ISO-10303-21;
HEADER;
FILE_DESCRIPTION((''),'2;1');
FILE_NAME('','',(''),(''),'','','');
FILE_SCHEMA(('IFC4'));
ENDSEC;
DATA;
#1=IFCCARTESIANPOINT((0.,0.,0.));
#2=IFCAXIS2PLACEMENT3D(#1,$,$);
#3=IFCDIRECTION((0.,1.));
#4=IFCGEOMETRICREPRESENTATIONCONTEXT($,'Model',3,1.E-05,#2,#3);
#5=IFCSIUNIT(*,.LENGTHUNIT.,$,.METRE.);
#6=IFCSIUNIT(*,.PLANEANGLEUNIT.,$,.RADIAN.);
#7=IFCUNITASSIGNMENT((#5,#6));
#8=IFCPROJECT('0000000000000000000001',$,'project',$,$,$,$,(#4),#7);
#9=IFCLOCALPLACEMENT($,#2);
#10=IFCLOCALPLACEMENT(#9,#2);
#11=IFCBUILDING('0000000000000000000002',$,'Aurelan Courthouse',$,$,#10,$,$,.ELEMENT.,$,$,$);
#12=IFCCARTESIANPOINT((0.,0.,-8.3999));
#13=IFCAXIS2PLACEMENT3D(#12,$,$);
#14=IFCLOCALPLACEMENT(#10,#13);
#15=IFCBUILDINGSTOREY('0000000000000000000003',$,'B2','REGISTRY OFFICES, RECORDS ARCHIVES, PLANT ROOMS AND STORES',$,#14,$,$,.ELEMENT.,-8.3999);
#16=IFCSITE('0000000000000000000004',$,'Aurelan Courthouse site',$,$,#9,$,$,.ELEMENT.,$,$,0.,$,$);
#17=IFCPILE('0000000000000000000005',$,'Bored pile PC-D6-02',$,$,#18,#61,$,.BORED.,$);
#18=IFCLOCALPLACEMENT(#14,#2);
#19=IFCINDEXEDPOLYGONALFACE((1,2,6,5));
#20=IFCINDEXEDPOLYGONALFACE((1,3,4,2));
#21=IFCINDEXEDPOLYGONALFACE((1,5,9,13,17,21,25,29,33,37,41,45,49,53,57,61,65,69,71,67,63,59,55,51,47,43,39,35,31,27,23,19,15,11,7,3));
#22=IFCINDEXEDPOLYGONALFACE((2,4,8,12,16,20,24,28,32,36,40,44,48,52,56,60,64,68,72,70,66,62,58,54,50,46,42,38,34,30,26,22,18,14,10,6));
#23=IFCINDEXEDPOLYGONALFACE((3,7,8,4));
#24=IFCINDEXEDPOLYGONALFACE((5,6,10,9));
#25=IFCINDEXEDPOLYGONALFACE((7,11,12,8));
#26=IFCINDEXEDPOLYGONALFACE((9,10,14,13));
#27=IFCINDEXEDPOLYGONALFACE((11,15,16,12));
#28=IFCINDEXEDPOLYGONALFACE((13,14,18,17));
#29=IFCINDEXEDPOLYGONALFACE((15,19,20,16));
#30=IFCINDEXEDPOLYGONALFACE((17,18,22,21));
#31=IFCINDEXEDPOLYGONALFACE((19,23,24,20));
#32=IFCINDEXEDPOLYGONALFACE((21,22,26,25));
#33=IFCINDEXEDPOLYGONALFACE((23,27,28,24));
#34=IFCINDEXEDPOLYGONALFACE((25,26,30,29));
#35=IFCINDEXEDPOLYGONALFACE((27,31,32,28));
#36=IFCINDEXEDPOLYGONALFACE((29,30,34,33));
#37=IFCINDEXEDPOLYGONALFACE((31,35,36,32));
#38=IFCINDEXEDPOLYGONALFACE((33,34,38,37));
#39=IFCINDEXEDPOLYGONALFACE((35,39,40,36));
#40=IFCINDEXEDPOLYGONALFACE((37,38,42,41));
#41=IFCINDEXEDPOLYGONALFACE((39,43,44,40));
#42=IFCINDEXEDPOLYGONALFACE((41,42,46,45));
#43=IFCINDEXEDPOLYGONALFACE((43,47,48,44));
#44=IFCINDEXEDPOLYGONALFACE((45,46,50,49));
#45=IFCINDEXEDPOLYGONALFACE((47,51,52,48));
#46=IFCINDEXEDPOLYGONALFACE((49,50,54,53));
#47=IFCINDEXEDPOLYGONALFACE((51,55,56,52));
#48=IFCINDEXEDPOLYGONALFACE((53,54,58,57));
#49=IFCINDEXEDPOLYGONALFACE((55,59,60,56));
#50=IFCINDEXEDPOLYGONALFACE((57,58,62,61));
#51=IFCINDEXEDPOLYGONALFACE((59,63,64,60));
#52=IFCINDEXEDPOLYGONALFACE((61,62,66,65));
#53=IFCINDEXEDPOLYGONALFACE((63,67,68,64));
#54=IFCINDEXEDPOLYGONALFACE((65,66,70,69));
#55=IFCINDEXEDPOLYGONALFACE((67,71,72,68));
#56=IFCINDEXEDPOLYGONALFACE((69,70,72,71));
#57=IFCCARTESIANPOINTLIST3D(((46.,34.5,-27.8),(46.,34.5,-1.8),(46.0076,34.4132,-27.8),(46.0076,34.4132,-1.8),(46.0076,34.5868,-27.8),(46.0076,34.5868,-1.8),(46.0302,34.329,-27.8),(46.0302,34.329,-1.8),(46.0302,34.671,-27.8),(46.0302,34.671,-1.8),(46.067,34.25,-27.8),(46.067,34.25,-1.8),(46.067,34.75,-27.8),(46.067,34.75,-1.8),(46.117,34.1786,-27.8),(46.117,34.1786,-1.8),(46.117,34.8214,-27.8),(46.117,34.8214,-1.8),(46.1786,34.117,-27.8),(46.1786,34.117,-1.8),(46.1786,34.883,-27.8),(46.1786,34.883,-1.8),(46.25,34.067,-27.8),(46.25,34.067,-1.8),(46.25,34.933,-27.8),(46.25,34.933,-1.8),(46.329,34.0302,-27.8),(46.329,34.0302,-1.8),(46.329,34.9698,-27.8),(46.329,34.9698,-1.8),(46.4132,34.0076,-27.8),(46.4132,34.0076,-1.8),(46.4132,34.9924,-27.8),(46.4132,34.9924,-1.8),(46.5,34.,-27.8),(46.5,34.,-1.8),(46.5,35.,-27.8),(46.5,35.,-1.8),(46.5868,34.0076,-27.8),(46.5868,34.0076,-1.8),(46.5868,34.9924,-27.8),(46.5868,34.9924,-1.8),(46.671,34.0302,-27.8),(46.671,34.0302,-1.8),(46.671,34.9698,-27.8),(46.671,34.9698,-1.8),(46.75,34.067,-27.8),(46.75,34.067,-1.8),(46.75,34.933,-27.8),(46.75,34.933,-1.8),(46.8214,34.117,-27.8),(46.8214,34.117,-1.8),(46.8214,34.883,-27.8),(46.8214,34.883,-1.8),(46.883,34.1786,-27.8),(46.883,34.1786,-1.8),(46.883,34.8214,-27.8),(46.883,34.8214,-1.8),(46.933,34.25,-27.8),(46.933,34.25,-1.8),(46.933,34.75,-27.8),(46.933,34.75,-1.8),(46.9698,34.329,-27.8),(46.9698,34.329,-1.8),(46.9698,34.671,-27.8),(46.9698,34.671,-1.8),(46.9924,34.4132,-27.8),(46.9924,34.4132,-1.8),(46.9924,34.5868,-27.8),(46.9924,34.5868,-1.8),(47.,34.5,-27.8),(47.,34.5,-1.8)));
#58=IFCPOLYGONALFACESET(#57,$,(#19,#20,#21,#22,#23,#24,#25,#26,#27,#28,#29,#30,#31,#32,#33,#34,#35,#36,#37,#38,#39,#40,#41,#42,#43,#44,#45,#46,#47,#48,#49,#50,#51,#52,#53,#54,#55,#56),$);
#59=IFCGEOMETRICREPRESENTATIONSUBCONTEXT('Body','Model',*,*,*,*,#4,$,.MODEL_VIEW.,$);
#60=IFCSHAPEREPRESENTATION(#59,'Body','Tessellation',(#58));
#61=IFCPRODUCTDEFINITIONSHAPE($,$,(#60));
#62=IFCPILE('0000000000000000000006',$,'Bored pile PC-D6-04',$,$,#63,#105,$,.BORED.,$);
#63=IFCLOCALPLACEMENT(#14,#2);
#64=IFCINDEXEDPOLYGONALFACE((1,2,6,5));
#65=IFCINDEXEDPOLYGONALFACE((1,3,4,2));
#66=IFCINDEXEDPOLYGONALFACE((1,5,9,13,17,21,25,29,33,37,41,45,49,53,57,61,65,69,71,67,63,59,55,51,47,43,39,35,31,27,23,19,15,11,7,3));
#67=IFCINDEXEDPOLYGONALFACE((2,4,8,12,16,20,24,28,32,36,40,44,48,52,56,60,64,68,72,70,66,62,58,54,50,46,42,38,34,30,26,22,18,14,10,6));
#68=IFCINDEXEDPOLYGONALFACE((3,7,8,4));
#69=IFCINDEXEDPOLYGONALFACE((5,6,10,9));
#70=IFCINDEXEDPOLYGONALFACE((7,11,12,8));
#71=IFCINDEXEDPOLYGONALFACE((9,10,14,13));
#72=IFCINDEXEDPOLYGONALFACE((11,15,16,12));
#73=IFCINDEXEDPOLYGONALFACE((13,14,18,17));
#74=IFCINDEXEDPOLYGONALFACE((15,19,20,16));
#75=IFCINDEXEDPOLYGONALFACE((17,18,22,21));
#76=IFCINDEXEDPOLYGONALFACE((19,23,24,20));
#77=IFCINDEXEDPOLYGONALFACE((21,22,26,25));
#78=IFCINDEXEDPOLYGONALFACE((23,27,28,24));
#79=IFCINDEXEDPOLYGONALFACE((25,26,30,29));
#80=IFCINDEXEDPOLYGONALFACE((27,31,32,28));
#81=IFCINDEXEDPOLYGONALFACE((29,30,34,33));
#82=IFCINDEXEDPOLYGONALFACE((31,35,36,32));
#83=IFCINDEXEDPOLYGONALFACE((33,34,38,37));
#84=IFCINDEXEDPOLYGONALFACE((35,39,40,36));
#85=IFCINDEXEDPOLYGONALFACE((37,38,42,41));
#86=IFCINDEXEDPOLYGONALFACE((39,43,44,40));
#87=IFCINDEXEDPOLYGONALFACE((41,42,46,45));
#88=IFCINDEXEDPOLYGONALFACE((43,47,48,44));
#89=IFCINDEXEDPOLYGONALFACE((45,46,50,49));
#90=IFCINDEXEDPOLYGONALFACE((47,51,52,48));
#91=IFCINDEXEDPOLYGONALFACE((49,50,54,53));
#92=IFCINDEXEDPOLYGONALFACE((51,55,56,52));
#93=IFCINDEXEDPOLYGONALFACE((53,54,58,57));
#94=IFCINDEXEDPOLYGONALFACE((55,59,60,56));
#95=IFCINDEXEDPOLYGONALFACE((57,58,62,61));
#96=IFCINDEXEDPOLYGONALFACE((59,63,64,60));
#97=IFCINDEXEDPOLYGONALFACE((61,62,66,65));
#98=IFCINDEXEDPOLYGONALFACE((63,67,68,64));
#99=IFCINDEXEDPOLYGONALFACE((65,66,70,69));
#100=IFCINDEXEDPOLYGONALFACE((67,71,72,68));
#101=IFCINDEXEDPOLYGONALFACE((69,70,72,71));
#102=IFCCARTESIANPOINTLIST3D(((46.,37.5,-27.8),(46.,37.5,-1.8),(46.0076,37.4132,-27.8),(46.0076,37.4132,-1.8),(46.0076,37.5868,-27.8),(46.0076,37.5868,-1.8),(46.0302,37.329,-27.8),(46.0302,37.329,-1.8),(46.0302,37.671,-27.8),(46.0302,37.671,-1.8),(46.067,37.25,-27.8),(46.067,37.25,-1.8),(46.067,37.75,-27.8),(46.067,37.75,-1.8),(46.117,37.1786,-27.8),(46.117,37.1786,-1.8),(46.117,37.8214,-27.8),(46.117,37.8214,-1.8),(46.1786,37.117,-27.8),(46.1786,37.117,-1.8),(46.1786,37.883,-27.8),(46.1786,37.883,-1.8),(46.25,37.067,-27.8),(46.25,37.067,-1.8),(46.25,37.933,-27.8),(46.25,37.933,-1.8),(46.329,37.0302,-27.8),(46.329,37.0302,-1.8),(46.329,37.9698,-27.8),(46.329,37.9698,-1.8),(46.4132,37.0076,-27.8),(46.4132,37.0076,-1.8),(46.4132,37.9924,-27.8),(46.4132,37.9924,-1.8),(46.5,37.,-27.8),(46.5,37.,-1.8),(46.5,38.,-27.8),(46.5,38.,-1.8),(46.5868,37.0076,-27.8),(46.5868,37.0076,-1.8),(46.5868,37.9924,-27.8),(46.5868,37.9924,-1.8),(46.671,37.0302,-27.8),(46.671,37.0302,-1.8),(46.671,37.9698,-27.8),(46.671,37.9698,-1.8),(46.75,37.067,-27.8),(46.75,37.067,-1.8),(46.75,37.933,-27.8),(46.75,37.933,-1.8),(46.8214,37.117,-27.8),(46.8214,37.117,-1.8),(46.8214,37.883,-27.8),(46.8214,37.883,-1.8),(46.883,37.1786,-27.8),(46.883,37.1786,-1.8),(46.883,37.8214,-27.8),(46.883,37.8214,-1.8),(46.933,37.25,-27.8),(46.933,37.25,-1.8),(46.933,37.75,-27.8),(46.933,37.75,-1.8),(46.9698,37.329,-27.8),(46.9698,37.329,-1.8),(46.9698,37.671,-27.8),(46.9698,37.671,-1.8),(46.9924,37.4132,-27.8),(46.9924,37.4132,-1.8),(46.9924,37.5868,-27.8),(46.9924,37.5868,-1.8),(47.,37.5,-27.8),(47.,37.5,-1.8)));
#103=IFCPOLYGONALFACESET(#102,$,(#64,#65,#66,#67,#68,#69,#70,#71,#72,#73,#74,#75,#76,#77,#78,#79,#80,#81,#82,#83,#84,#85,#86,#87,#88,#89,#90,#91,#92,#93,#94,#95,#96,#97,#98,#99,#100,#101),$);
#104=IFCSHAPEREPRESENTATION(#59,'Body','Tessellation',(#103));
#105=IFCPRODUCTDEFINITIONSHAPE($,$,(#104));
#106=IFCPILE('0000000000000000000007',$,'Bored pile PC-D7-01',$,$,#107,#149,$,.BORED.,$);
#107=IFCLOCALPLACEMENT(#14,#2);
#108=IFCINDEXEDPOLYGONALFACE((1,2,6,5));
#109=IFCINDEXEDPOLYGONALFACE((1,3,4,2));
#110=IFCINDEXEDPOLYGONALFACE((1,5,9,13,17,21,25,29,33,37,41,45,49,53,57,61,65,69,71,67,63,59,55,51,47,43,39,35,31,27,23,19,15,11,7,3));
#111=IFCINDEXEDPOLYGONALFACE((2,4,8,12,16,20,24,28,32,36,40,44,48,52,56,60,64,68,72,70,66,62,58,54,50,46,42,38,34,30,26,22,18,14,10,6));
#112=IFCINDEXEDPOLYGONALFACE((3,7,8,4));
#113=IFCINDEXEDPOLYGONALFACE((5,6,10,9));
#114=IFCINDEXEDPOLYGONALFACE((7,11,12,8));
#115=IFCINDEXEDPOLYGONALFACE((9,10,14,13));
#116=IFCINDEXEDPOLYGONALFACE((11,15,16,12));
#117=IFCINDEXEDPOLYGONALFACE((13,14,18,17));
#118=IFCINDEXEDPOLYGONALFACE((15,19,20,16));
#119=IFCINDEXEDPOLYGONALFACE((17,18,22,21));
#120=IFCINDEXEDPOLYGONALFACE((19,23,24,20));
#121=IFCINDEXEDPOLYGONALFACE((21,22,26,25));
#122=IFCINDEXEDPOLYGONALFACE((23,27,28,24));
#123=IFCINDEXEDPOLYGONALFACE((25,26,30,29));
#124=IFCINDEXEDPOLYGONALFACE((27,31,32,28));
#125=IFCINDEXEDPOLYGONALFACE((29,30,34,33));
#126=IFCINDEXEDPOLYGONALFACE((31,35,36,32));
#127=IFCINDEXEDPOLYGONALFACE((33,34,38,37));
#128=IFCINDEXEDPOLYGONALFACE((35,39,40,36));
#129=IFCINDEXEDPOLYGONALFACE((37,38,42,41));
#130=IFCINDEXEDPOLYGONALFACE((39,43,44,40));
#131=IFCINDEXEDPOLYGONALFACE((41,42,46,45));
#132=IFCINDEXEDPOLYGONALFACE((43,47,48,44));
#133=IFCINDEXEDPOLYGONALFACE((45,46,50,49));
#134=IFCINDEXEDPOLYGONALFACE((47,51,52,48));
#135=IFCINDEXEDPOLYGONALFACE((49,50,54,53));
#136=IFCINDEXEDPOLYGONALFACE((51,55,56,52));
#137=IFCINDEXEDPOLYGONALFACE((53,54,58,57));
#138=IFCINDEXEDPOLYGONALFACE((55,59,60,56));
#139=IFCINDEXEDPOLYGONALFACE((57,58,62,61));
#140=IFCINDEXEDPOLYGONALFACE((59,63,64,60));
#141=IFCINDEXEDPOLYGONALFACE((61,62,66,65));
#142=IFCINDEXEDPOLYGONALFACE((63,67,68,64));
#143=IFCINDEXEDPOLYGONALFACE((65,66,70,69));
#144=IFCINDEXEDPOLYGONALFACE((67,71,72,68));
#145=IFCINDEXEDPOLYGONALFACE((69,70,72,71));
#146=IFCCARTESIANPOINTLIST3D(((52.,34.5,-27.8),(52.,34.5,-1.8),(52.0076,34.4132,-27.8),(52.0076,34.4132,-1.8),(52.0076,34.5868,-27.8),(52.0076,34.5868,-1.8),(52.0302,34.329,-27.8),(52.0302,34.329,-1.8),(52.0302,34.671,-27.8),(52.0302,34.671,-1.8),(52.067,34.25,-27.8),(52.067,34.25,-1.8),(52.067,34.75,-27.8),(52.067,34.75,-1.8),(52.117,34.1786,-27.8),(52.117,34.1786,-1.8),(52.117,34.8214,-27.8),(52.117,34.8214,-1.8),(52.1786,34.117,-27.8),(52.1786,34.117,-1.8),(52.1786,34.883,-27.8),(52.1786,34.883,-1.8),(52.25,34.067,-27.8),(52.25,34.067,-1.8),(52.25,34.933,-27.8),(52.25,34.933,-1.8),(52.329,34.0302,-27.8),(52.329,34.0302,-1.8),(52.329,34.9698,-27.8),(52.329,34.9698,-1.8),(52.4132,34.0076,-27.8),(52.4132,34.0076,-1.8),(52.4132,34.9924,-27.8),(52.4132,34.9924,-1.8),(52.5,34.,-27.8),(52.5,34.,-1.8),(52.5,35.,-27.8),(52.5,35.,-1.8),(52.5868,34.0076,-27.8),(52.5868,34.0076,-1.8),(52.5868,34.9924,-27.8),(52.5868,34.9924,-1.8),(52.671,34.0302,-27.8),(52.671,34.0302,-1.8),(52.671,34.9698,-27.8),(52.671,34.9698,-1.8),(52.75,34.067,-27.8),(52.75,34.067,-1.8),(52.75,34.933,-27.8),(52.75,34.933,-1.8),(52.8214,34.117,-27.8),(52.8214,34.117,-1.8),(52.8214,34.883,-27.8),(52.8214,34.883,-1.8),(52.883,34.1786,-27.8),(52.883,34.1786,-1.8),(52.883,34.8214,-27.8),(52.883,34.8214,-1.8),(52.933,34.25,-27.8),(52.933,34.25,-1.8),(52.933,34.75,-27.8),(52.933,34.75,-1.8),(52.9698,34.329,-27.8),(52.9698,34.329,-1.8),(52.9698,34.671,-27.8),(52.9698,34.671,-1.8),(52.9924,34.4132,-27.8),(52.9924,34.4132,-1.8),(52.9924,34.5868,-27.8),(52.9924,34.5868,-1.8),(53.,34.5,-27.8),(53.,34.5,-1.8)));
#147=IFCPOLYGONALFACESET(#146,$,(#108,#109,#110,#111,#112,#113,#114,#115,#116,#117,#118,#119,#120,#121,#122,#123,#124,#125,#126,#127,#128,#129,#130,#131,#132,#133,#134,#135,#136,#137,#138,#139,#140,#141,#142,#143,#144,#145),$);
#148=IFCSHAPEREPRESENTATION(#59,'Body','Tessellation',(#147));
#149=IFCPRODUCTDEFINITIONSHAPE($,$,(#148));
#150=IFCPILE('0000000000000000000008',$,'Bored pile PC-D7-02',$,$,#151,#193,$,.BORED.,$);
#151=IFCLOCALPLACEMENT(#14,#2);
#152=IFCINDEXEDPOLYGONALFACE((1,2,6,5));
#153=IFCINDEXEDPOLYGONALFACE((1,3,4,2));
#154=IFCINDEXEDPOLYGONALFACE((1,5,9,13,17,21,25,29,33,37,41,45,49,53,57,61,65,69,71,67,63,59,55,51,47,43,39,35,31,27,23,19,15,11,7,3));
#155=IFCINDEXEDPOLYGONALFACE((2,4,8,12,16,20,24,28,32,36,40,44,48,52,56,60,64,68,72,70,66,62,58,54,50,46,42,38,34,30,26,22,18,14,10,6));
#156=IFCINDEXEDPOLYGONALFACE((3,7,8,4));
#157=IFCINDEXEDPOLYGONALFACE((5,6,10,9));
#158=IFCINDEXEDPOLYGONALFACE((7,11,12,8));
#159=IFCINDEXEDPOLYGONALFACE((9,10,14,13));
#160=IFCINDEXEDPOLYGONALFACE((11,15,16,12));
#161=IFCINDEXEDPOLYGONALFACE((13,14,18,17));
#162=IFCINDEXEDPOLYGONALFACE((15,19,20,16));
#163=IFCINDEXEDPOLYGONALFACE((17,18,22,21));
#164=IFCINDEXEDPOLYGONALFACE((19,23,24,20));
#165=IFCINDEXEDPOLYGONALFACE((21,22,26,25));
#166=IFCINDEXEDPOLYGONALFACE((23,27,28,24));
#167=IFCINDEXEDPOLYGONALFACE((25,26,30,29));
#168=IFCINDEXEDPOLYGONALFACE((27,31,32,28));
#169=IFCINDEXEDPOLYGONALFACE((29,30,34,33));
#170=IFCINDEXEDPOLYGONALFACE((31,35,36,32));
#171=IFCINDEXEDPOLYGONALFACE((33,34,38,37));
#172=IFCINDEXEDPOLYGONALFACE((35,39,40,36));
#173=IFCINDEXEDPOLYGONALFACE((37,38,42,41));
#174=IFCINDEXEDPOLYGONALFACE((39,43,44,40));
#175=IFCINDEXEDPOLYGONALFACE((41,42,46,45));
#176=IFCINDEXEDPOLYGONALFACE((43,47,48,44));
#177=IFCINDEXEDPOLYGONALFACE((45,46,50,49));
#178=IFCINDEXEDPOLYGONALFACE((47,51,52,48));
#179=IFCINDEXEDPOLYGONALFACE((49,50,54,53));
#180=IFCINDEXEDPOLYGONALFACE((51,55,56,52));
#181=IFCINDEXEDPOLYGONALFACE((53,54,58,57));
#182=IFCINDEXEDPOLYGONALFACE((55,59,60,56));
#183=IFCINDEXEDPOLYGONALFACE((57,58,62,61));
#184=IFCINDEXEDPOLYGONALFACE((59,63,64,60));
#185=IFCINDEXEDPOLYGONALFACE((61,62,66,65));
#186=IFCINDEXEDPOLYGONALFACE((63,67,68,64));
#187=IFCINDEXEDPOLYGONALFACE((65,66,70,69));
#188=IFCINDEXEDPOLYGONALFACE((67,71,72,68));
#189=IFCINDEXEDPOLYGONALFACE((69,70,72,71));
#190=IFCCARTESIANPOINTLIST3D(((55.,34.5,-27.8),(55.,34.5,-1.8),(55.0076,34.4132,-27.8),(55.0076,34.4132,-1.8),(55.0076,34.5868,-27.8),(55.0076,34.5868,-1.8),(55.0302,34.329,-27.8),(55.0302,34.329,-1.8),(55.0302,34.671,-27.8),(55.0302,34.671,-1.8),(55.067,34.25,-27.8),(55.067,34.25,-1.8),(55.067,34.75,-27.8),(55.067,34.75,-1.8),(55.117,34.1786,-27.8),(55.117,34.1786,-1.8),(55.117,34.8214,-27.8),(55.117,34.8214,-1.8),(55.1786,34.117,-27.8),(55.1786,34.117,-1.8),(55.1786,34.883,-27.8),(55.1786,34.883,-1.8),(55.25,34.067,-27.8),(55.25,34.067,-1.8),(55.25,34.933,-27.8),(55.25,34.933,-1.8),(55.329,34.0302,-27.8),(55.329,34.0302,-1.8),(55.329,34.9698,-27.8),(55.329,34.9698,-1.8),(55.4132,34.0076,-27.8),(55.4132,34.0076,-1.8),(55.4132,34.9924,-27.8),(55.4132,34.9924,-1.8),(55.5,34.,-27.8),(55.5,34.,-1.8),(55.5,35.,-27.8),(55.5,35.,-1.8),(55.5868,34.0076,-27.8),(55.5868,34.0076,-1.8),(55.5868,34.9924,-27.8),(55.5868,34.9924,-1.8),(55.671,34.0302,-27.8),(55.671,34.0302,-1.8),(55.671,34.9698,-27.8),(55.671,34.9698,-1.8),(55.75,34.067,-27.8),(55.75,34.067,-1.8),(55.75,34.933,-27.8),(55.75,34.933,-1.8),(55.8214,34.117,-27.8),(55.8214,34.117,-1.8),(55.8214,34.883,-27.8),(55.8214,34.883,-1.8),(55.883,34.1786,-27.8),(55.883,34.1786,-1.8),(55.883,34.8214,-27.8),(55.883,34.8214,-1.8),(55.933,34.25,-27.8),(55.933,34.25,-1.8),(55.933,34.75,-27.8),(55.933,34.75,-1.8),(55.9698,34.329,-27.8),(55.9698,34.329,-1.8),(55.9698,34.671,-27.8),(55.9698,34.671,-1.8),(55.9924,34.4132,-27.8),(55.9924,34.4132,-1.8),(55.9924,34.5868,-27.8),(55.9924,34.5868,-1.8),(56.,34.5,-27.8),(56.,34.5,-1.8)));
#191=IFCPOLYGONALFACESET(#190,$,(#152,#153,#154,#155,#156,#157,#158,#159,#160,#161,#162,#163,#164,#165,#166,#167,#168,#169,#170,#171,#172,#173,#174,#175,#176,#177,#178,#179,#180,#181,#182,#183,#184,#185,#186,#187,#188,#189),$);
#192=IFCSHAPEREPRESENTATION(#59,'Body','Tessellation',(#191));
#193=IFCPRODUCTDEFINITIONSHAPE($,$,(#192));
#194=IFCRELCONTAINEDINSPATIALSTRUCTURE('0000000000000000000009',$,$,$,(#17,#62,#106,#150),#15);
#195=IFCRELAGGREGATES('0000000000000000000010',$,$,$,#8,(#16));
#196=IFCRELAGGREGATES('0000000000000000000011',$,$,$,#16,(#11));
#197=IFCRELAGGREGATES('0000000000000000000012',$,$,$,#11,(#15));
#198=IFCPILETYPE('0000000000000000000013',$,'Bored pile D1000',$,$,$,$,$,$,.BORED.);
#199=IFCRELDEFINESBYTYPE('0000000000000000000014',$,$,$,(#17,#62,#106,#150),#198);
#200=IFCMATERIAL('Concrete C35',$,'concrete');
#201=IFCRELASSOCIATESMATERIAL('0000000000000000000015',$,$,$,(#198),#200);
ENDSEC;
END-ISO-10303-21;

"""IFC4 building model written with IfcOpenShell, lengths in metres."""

from ifc_helpers import new_model, si_unit, direction, frame, origin, origin_2d, place, context, subcontext, project, spatial, circle, extrude, material, material_profile, profile_set, type_object, element, save


model = new_model("IFC4")

# Units and contexts
model_context = context("Model", 3, precision=1e-05, world=origin(), true_north=direction((0.0, 1.0)))
body_context = subcontext(model_context, "Body", "Model", "MODEL_VIEW")
ifc_project = project(units=[si_unit("LENGTHUNIT", "METRE"), si_unit("PLANEANGLEUNIT", "RADIAN")], contexts=[model_context])

# Site, building, storey
site_placement = place(None, origin())
site = spatial("IfcSite", under=ifc_project, at=site_placement, Name="Aurelan Courthouse site", CompositionType="ELEMENT", RefElevation=0.0)
building_placement = place(site_placement, origin())
building = spatial("IfcBuilding", under=site, at=building_placement, Name="Aurelan Courthouse", CompositionType="ELEMENT")
storey_placement = place(building_placement, frame((0.0, 0.0, -8.3999)))
storey = spatial("IfcBuildingStorey", under=building, at=storey_placement, Name="B2", Description="REGISTRY OFFICES, RECORDS ARCHIVES, PLANT ROOMS AND STORES", CompositionType="ELEMENT", Elevation=-8.3999)

# Piles
ifc_material_1 = material(Name="Concrete C35", Category="concrete")
ifc_material_profile_1 = material_profile(ifc_material_1, circle(Radius=0.5, at=origin_2d()), Name="D1000")
ifc_profile_set_1 = profile_set([ifc_material_profile_1], Name="Concrete C35")
pile_type = type_object("IfcPileType", Name="Bored pile D1000", PredefinedType="BORED", material=ifc_profile_set_1)
for number, where, z_axis, x_axis, name in (
    (1, (46.5, 34.5, -1.8), (0.0, 0.0, -1.0), (1.0, 0.0, 0.0), "Bored pile PC-D6-02"),
    (2, (46.5, 37.5, -1.8), (0.0, 0.0, -1.0), (1.0, 0.0, 0.0), "Bored pile PC-D6-04"),
    (3, (52.5, 34.5, -1.8), (0.0, 0.0, -1.0), (1.0, 0.0, 0.0), "Bored pile PC-D7-01"),
    (4, (55.5, 34.5, -1.8), (0.0, 0.0, -1.0), (1.0, 0.0, 0.0), "Bored pile PC-D7-02"),
):
    element("IfcPile", number, at=place(storey_placement, frame(where, z_axis=z_axis, x_axis=x_axis)), inside=storey, type_object=pile_type, Name=name, PredefinedType="BORED", context=body_context, shape_type="SweptSolid", body=[
        extrude(circle(Radius=0.5, at=origin_2d()), origin(), (0.0, 0.0, 1.0), 26.0),
    ])

save(model, "model.ifc")
